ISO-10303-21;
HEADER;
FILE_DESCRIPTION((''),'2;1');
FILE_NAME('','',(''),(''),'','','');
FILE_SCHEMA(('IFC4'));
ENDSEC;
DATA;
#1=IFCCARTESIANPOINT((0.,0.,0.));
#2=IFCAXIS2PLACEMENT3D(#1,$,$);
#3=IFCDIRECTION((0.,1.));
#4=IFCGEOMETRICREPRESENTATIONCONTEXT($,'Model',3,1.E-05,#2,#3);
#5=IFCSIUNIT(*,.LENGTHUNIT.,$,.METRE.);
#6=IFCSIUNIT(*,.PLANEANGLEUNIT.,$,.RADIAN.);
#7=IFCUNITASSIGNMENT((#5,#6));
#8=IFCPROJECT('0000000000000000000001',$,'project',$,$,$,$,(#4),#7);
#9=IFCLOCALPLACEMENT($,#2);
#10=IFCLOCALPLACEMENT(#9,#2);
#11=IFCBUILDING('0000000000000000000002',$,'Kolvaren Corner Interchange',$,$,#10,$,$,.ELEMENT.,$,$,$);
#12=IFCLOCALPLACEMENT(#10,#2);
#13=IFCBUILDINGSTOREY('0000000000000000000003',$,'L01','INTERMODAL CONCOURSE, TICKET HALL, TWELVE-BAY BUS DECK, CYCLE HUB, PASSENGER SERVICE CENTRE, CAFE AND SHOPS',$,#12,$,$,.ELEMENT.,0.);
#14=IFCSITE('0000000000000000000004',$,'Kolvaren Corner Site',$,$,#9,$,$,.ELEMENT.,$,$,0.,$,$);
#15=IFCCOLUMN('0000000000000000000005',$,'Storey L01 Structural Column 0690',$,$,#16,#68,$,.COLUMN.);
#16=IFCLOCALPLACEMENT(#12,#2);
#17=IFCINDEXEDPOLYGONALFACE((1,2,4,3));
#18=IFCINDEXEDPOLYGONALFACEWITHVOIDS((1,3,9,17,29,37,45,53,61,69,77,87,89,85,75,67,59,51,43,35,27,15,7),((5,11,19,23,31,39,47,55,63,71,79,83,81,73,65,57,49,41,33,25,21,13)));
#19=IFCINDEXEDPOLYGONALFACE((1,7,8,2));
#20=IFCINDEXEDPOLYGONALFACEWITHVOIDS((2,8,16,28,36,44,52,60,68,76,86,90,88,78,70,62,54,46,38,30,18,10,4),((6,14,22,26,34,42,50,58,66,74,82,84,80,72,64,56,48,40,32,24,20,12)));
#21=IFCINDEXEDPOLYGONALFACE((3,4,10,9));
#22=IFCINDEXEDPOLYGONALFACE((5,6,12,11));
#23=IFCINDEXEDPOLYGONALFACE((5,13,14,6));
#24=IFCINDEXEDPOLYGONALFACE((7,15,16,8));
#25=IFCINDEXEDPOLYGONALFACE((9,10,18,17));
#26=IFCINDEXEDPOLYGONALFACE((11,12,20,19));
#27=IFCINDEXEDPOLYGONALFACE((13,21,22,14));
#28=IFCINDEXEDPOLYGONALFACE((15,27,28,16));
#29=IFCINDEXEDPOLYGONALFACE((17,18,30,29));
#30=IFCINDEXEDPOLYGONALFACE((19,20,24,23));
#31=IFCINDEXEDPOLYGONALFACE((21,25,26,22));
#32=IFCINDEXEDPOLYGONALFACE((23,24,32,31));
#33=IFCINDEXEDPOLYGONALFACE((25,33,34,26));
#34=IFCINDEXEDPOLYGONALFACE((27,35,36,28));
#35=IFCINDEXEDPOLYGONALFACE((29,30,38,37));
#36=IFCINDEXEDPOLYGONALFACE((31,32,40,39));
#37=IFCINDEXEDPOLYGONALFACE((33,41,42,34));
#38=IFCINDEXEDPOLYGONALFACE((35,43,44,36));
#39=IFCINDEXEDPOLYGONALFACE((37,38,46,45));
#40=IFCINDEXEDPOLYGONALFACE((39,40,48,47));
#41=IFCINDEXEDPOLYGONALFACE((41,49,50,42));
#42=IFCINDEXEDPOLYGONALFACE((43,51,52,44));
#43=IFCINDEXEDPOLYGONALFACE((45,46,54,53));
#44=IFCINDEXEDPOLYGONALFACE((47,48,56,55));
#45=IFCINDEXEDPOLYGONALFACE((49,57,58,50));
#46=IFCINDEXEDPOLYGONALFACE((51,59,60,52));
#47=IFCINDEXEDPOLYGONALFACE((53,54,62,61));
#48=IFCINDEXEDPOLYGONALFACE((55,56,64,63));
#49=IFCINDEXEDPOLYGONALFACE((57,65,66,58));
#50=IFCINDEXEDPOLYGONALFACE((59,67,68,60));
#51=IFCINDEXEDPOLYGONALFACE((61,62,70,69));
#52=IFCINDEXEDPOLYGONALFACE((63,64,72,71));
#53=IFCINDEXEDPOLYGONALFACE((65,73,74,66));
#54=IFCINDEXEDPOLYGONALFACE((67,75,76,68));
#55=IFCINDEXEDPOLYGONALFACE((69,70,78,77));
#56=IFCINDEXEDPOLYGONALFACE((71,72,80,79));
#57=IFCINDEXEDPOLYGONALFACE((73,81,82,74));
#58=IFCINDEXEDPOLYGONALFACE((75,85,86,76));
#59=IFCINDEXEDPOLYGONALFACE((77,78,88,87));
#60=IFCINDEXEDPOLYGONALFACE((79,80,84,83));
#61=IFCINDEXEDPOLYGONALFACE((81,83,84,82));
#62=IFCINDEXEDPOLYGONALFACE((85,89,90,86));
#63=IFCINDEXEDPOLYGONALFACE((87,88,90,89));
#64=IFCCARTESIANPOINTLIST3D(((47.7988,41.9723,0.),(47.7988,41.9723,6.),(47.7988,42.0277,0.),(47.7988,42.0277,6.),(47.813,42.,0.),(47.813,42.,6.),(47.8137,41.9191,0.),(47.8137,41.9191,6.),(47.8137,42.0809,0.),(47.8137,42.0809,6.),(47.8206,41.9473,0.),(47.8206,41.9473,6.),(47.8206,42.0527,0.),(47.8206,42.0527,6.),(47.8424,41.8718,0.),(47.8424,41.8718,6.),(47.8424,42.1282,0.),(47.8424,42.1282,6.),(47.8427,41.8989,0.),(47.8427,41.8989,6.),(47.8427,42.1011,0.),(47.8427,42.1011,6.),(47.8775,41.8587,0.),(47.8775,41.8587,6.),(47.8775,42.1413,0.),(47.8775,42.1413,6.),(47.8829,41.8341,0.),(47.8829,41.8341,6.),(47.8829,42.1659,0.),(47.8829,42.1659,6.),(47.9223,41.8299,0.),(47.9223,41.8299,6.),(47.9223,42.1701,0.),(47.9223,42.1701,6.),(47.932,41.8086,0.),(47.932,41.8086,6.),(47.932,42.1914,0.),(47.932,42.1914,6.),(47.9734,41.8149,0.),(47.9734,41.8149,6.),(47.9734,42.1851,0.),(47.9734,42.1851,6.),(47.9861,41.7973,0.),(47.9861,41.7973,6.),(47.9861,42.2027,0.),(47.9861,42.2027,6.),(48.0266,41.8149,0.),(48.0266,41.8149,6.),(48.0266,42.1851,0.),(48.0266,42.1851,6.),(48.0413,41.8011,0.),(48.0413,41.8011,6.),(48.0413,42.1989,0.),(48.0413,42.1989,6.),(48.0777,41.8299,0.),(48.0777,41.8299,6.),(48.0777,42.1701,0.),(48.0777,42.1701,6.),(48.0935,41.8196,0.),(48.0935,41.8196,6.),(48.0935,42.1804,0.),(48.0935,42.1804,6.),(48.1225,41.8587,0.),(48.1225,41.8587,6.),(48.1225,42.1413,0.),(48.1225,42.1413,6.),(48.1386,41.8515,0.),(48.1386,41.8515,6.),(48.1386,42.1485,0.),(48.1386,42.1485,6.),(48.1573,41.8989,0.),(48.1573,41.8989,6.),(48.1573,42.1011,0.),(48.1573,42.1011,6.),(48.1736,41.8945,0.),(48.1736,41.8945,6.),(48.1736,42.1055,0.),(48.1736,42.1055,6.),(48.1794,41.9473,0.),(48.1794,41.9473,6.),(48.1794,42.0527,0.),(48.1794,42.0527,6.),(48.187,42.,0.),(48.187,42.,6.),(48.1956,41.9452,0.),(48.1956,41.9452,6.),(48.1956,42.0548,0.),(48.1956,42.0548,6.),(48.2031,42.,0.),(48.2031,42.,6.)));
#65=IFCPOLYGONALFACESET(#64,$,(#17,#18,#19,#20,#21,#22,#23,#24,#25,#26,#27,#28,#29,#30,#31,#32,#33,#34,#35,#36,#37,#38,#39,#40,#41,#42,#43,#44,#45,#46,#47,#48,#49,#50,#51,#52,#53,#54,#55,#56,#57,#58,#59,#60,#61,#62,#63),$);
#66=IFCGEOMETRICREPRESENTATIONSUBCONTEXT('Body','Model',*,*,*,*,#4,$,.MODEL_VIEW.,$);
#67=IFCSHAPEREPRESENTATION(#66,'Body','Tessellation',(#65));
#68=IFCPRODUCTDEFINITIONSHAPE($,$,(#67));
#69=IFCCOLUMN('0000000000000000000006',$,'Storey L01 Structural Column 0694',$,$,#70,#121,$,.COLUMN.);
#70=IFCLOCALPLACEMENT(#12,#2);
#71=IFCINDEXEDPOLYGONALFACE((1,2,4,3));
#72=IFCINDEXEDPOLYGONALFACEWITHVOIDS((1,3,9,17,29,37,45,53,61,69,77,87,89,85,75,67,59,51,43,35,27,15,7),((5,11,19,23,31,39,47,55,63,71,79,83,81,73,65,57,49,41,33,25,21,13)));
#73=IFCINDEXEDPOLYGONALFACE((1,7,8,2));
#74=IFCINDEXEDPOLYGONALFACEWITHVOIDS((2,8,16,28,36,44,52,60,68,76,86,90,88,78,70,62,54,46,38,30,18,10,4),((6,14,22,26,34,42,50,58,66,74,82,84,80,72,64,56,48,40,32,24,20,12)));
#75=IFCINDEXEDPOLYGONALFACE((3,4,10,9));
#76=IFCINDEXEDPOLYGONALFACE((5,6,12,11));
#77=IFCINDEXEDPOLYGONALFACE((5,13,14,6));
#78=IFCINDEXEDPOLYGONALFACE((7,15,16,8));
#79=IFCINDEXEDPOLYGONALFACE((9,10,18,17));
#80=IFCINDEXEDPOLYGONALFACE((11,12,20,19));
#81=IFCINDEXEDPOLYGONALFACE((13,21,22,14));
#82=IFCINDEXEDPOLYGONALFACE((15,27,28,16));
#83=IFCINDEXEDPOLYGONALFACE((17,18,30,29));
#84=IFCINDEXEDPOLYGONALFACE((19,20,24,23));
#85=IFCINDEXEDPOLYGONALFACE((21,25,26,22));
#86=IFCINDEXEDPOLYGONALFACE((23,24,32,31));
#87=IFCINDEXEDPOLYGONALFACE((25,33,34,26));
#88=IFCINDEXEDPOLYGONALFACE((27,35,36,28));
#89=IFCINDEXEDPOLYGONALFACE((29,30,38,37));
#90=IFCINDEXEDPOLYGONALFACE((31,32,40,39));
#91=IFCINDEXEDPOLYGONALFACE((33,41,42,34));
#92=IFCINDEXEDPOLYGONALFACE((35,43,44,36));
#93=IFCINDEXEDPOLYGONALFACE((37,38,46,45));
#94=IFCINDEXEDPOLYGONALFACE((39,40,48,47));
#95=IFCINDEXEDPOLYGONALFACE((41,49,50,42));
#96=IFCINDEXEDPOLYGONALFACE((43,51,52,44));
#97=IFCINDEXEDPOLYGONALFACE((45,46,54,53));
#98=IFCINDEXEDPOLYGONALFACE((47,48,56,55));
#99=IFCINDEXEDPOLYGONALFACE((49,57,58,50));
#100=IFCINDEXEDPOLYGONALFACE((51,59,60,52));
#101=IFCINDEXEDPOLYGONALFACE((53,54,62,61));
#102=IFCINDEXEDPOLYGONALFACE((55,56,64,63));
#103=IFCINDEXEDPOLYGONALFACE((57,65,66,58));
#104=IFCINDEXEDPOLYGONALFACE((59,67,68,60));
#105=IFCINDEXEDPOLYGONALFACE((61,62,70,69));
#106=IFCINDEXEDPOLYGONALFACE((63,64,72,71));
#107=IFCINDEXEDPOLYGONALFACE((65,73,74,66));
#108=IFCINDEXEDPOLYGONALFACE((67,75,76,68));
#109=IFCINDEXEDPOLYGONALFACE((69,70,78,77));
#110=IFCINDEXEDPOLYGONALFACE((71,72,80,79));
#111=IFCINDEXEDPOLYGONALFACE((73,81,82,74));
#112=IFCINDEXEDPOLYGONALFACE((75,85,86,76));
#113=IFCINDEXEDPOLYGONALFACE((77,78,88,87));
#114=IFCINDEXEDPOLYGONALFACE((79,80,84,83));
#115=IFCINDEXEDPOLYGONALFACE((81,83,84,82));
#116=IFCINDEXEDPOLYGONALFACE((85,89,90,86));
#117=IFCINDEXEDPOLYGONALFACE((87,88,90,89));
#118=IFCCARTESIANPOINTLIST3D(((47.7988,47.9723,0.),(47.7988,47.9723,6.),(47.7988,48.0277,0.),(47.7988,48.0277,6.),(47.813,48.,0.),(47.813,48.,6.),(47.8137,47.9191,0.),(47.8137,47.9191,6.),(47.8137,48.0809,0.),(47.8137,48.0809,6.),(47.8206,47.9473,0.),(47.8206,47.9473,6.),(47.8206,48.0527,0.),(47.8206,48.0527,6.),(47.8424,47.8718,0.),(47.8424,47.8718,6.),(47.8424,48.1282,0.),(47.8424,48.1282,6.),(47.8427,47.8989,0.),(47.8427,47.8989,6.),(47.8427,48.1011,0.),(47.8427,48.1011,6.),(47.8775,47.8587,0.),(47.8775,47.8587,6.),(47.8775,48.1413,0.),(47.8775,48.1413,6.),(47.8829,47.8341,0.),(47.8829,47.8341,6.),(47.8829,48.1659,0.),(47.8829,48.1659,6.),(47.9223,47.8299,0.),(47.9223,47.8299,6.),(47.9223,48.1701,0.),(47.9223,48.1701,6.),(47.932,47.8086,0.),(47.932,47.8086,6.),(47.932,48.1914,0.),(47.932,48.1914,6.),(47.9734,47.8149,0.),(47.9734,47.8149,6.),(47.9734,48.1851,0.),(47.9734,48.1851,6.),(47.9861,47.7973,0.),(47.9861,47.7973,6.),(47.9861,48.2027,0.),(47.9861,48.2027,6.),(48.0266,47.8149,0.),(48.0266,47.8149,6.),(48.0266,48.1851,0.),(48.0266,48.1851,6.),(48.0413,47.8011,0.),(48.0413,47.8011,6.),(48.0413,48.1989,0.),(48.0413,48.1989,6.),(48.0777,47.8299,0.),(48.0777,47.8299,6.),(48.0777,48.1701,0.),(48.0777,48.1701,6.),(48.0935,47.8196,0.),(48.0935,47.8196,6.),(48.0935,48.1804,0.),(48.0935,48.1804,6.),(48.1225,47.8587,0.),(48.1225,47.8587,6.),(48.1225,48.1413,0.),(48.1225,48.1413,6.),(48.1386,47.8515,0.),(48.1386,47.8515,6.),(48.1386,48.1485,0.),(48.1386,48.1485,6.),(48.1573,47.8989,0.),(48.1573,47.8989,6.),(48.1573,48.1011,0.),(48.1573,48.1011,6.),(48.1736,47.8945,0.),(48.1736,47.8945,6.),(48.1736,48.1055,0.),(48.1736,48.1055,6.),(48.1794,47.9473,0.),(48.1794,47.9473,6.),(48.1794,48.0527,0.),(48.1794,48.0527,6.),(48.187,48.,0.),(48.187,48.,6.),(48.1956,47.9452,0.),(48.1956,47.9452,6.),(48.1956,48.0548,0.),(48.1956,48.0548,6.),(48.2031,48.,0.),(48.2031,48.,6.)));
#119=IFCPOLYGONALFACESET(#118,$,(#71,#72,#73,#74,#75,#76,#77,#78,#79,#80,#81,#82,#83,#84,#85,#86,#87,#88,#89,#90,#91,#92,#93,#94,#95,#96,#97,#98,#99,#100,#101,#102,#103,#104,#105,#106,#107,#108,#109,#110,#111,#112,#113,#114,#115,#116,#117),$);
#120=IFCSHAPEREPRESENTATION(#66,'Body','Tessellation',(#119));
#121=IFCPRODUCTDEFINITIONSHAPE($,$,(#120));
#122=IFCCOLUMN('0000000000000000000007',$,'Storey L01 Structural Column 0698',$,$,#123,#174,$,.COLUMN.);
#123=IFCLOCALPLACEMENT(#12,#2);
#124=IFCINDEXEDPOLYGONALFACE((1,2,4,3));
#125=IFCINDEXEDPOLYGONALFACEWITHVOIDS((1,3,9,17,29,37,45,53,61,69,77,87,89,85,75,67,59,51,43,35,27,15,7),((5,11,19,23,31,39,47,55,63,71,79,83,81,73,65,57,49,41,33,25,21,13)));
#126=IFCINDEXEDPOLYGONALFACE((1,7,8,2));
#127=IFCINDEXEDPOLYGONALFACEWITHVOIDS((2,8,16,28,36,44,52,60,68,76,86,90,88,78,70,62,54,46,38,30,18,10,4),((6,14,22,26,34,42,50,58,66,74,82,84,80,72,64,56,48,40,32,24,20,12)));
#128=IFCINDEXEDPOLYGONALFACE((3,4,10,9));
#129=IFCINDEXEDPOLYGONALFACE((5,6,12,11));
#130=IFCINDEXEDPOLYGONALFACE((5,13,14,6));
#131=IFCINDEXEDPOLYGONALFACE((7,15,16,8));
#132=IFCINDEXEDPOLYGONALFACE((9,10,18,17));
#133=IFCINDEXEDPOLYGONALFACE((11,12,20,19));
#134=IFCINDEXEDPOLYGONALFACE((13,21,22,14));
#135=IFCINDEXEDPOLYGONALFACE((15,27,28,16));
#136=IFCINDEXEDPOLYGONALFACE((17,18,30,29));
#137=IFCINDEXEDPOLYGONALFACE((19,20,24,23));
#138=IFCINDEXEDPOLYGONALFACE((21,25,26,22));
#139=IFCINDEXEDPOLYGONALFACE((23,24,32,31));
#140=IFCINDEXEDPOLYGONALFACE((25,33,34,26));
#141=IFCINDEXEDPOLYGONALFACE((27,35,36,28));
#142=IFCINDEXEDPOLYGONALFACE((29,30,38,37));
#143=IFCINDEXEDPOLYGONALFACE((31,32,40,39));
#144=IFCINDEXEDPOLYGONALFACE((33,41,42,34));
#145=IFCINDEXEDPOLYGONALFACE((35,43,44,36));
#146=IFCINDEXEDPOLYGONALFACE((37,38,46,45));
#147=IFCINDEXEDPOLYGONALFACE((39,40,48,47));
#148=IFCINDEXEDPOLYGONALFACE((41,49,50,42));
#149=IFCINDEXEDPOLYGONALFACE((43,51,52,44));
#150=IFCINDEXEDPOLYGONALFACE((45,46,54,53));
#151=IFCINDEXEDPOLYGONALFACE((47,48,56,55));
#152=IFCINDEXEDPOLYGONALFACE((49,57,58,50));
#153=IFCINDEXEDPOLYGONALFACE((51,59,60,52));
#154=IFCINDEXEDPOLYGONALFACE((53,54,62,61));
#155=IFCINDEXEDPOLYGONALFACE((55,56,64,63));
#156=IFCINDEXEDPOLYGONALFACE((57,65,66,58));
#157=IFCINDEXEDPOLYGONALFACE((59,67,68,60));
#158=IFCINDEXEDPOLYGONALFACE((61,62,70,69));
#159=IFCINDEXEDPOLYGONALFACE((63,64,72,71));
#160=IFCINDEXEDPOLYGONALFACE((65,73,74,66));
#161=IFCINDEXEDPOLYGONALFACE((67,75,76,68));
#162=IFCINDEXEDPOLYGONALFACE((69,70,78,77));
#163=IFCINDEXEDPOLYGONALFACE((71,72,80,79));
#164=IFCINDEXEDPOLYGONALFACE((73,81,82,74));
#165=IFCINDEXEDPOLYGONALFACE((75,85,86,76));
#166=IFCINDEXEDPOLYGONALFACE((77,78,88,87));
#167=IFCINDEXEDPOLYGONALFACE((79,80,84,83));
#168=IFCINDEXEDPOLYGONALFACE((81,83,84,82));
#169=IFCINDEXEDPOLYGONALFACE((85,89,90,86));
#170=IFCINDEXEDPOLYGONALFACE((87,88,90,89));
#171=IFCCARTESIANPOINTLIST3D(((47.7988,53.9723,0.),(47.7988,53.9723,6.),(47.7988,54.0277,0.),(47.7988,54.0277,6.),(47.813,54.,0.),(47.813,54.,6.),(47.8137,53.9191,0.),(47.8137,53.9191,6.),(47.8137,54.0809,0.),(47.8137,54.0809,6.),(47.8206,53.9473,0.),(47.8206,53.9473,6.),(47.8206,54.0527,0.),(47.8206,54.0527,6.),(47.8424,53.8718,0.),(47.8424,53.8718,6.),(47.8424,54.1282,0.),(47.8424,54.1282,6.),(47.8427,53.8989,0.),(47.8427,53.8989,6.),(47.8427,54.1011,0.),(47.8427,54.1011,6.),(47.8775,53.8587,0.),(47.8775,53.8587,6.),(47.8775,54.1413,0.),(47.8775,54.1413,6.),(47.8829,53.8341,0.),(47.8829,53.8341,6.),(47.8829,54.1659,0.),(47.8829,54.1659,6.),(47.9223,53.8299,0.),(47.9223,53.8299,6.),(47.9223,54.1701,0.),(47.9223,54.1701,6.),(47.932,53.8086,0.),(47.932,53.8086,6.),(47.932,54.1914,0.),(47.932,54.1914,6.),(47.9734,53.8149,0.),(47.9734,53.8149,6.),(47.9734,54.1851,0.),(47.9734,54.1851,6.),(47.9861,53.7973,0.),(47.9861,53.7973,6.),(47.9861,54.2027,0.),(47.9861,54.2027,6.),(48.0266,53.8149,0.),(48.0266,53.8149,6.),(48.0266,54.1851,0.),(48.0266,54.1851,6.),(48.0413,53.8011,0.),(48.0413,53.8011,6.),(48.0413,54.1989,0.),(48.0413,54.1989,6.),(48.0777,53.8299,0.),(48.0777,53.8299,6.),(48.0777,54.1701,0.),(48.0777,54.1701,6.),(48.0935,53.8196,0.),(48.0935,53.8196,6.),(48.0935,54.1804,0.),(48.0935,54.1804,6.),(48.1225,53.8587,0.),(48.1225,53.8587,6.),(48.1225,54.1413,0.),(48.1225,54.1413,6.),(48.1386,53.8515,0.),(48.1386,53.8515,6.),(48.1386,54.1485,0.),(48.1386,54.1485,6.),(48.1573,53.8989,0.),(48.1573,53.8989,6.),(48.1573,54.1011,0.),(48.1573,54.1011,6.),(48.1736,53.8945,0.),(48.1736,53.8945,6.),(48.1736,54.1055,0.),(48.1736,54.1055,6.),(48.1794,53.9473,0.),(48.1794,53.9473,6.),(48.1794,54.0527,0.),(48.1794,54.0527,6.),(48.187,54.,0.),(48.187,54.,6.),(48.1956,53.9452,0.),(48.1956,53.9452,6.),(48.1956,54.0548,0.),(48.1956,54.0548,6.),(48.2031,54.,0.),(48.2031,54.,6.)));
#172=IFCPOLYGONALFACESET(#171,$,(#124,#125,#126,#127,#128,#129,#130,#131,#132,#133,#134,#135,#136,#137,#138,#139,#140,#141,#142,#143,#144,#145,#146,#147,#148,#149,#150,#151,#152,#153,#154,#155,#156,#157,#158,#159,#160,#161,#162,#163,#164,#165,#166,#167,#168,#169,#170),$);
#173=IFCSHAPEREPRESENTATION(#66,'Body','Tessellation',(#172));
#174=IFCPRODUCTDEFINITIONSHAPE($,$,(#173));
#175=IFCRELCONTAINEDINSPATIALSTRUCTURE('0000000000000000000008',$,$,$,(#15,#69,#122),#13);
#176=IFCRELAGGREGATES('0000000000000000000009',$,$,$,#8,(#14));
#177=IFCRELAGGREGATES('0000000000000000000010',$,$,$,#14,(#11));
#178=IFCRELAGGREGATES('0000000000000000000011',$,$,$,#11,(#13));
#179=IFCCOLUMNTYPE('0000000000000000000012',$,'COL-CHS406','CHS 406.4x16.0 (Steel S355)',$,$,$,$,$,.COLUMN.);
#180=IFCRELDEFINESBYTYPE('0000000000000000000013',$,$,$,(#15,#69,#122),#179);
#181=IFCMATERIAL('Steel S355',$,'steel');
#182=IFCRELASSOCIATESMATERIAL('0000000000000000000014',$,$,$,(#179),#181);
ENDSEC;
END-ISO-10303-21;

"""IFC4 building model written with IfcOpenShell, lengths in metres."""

from ifc_helpers import new_model, si_unit, direction, frame, origin, origin_2d, place, context, subcontext, project, spatial, hollow_circle, extrude, material, material_profile, profile_set, type_object, element, save


model = new_model("IFC4")

# Units and contexts
model_context = context("Model", 3, precision=1e-05, world=origin(), true_north=direction((0.0, 1.0)))
body_context = subcontext(model_context, "Body", "Model", "MODEL_VIEW")
ifc_project = project(units=[si_unit("LENGTHUNIT", "METRE"), si_unit("PLANEANGLEUNIT", "RADIAN")], contexts=[model_context])

# Site, building, storey
site_placement = place(None, origin())
site = spatial("IfcSite", under=ifc_project, at=site_placement, Name="Kolvaren Corner Site", CompositionType="ELEMENT", RefElevation=0.0)
building_placement = place(site_placement, origin())
building = spatial("IfcBuilding", under=site, at=building_placement, Name="Kolvaren Corner Interchange", CompositionType="ELEMENT")
storey_placement = place(building_placement, origin())
storey = spatial("IfcBuildingStorey", under=building, at=storey_placement, Name="L01", Description="INTERMODAL CONCOURSE, TICKET HALL, TWELVE-BAY BUS DECK, CYCLE HUB, PASSENGER SERVICE CENTRE, CAFE AND SHOPS", CompositionType="ELEMENT", Elevation=0.0)

# Columns
ifc_material_1 = material(Name="Steel S355", Category="steel")
ifc_material_profile_1 = material_profile(ifc_material_1, hollow_circle(Radius=0.2031, WallThickness=0.0161, at=origin_2d()), Name="CHS 406.4x16.0")
ifc_profile_set_1 = profile_set([ifc_material_profile_1], Name="Steel S355")
column_type_1 = type_object("IfcColumnType", Name="COL-CHS406", Description="CHS 406.4x16.0 (Steel S355)", PredefinedType="COLUMN", material=ifc_profile_set_1)
for number, where, z_axis, x_axis, name in (
    (1, (48.0, 42.0, 0.0), (0.0, 0.0, 1.0), (1.0, 0.0, 0.0), "Storey L01 Structural Column 0690"),
    (2, (48.0, 48.0, 0.0), (0.0, 0.0, 1.0), (1.0, 0.0, 0.0), "Storey L01 Structural Column 0694"),
    (3, (48.0, 54.0, 0.0), (0.0, 0.0, 1.0), (1.0, 0.0, 0.0), "Storey L01 Structural Column 0698"),
):
    element("IfcColumn", number, at=place(storey_placement, frame(where, z_axis=z_axis, x_axis=x_axis)), inside=storey, type_object=column_type_1, Name=name, PredefinedType="COLUMN", context=body_context, shape_type="SweptSolid", body=[
        extrude(hollow_circle(Radius=0.2031, WallThickness=0.0161, at=origin_2d()), origin(), (0.0, 0.0, 1.0), 6.0),
    ])

save(model, "model.ifc")
